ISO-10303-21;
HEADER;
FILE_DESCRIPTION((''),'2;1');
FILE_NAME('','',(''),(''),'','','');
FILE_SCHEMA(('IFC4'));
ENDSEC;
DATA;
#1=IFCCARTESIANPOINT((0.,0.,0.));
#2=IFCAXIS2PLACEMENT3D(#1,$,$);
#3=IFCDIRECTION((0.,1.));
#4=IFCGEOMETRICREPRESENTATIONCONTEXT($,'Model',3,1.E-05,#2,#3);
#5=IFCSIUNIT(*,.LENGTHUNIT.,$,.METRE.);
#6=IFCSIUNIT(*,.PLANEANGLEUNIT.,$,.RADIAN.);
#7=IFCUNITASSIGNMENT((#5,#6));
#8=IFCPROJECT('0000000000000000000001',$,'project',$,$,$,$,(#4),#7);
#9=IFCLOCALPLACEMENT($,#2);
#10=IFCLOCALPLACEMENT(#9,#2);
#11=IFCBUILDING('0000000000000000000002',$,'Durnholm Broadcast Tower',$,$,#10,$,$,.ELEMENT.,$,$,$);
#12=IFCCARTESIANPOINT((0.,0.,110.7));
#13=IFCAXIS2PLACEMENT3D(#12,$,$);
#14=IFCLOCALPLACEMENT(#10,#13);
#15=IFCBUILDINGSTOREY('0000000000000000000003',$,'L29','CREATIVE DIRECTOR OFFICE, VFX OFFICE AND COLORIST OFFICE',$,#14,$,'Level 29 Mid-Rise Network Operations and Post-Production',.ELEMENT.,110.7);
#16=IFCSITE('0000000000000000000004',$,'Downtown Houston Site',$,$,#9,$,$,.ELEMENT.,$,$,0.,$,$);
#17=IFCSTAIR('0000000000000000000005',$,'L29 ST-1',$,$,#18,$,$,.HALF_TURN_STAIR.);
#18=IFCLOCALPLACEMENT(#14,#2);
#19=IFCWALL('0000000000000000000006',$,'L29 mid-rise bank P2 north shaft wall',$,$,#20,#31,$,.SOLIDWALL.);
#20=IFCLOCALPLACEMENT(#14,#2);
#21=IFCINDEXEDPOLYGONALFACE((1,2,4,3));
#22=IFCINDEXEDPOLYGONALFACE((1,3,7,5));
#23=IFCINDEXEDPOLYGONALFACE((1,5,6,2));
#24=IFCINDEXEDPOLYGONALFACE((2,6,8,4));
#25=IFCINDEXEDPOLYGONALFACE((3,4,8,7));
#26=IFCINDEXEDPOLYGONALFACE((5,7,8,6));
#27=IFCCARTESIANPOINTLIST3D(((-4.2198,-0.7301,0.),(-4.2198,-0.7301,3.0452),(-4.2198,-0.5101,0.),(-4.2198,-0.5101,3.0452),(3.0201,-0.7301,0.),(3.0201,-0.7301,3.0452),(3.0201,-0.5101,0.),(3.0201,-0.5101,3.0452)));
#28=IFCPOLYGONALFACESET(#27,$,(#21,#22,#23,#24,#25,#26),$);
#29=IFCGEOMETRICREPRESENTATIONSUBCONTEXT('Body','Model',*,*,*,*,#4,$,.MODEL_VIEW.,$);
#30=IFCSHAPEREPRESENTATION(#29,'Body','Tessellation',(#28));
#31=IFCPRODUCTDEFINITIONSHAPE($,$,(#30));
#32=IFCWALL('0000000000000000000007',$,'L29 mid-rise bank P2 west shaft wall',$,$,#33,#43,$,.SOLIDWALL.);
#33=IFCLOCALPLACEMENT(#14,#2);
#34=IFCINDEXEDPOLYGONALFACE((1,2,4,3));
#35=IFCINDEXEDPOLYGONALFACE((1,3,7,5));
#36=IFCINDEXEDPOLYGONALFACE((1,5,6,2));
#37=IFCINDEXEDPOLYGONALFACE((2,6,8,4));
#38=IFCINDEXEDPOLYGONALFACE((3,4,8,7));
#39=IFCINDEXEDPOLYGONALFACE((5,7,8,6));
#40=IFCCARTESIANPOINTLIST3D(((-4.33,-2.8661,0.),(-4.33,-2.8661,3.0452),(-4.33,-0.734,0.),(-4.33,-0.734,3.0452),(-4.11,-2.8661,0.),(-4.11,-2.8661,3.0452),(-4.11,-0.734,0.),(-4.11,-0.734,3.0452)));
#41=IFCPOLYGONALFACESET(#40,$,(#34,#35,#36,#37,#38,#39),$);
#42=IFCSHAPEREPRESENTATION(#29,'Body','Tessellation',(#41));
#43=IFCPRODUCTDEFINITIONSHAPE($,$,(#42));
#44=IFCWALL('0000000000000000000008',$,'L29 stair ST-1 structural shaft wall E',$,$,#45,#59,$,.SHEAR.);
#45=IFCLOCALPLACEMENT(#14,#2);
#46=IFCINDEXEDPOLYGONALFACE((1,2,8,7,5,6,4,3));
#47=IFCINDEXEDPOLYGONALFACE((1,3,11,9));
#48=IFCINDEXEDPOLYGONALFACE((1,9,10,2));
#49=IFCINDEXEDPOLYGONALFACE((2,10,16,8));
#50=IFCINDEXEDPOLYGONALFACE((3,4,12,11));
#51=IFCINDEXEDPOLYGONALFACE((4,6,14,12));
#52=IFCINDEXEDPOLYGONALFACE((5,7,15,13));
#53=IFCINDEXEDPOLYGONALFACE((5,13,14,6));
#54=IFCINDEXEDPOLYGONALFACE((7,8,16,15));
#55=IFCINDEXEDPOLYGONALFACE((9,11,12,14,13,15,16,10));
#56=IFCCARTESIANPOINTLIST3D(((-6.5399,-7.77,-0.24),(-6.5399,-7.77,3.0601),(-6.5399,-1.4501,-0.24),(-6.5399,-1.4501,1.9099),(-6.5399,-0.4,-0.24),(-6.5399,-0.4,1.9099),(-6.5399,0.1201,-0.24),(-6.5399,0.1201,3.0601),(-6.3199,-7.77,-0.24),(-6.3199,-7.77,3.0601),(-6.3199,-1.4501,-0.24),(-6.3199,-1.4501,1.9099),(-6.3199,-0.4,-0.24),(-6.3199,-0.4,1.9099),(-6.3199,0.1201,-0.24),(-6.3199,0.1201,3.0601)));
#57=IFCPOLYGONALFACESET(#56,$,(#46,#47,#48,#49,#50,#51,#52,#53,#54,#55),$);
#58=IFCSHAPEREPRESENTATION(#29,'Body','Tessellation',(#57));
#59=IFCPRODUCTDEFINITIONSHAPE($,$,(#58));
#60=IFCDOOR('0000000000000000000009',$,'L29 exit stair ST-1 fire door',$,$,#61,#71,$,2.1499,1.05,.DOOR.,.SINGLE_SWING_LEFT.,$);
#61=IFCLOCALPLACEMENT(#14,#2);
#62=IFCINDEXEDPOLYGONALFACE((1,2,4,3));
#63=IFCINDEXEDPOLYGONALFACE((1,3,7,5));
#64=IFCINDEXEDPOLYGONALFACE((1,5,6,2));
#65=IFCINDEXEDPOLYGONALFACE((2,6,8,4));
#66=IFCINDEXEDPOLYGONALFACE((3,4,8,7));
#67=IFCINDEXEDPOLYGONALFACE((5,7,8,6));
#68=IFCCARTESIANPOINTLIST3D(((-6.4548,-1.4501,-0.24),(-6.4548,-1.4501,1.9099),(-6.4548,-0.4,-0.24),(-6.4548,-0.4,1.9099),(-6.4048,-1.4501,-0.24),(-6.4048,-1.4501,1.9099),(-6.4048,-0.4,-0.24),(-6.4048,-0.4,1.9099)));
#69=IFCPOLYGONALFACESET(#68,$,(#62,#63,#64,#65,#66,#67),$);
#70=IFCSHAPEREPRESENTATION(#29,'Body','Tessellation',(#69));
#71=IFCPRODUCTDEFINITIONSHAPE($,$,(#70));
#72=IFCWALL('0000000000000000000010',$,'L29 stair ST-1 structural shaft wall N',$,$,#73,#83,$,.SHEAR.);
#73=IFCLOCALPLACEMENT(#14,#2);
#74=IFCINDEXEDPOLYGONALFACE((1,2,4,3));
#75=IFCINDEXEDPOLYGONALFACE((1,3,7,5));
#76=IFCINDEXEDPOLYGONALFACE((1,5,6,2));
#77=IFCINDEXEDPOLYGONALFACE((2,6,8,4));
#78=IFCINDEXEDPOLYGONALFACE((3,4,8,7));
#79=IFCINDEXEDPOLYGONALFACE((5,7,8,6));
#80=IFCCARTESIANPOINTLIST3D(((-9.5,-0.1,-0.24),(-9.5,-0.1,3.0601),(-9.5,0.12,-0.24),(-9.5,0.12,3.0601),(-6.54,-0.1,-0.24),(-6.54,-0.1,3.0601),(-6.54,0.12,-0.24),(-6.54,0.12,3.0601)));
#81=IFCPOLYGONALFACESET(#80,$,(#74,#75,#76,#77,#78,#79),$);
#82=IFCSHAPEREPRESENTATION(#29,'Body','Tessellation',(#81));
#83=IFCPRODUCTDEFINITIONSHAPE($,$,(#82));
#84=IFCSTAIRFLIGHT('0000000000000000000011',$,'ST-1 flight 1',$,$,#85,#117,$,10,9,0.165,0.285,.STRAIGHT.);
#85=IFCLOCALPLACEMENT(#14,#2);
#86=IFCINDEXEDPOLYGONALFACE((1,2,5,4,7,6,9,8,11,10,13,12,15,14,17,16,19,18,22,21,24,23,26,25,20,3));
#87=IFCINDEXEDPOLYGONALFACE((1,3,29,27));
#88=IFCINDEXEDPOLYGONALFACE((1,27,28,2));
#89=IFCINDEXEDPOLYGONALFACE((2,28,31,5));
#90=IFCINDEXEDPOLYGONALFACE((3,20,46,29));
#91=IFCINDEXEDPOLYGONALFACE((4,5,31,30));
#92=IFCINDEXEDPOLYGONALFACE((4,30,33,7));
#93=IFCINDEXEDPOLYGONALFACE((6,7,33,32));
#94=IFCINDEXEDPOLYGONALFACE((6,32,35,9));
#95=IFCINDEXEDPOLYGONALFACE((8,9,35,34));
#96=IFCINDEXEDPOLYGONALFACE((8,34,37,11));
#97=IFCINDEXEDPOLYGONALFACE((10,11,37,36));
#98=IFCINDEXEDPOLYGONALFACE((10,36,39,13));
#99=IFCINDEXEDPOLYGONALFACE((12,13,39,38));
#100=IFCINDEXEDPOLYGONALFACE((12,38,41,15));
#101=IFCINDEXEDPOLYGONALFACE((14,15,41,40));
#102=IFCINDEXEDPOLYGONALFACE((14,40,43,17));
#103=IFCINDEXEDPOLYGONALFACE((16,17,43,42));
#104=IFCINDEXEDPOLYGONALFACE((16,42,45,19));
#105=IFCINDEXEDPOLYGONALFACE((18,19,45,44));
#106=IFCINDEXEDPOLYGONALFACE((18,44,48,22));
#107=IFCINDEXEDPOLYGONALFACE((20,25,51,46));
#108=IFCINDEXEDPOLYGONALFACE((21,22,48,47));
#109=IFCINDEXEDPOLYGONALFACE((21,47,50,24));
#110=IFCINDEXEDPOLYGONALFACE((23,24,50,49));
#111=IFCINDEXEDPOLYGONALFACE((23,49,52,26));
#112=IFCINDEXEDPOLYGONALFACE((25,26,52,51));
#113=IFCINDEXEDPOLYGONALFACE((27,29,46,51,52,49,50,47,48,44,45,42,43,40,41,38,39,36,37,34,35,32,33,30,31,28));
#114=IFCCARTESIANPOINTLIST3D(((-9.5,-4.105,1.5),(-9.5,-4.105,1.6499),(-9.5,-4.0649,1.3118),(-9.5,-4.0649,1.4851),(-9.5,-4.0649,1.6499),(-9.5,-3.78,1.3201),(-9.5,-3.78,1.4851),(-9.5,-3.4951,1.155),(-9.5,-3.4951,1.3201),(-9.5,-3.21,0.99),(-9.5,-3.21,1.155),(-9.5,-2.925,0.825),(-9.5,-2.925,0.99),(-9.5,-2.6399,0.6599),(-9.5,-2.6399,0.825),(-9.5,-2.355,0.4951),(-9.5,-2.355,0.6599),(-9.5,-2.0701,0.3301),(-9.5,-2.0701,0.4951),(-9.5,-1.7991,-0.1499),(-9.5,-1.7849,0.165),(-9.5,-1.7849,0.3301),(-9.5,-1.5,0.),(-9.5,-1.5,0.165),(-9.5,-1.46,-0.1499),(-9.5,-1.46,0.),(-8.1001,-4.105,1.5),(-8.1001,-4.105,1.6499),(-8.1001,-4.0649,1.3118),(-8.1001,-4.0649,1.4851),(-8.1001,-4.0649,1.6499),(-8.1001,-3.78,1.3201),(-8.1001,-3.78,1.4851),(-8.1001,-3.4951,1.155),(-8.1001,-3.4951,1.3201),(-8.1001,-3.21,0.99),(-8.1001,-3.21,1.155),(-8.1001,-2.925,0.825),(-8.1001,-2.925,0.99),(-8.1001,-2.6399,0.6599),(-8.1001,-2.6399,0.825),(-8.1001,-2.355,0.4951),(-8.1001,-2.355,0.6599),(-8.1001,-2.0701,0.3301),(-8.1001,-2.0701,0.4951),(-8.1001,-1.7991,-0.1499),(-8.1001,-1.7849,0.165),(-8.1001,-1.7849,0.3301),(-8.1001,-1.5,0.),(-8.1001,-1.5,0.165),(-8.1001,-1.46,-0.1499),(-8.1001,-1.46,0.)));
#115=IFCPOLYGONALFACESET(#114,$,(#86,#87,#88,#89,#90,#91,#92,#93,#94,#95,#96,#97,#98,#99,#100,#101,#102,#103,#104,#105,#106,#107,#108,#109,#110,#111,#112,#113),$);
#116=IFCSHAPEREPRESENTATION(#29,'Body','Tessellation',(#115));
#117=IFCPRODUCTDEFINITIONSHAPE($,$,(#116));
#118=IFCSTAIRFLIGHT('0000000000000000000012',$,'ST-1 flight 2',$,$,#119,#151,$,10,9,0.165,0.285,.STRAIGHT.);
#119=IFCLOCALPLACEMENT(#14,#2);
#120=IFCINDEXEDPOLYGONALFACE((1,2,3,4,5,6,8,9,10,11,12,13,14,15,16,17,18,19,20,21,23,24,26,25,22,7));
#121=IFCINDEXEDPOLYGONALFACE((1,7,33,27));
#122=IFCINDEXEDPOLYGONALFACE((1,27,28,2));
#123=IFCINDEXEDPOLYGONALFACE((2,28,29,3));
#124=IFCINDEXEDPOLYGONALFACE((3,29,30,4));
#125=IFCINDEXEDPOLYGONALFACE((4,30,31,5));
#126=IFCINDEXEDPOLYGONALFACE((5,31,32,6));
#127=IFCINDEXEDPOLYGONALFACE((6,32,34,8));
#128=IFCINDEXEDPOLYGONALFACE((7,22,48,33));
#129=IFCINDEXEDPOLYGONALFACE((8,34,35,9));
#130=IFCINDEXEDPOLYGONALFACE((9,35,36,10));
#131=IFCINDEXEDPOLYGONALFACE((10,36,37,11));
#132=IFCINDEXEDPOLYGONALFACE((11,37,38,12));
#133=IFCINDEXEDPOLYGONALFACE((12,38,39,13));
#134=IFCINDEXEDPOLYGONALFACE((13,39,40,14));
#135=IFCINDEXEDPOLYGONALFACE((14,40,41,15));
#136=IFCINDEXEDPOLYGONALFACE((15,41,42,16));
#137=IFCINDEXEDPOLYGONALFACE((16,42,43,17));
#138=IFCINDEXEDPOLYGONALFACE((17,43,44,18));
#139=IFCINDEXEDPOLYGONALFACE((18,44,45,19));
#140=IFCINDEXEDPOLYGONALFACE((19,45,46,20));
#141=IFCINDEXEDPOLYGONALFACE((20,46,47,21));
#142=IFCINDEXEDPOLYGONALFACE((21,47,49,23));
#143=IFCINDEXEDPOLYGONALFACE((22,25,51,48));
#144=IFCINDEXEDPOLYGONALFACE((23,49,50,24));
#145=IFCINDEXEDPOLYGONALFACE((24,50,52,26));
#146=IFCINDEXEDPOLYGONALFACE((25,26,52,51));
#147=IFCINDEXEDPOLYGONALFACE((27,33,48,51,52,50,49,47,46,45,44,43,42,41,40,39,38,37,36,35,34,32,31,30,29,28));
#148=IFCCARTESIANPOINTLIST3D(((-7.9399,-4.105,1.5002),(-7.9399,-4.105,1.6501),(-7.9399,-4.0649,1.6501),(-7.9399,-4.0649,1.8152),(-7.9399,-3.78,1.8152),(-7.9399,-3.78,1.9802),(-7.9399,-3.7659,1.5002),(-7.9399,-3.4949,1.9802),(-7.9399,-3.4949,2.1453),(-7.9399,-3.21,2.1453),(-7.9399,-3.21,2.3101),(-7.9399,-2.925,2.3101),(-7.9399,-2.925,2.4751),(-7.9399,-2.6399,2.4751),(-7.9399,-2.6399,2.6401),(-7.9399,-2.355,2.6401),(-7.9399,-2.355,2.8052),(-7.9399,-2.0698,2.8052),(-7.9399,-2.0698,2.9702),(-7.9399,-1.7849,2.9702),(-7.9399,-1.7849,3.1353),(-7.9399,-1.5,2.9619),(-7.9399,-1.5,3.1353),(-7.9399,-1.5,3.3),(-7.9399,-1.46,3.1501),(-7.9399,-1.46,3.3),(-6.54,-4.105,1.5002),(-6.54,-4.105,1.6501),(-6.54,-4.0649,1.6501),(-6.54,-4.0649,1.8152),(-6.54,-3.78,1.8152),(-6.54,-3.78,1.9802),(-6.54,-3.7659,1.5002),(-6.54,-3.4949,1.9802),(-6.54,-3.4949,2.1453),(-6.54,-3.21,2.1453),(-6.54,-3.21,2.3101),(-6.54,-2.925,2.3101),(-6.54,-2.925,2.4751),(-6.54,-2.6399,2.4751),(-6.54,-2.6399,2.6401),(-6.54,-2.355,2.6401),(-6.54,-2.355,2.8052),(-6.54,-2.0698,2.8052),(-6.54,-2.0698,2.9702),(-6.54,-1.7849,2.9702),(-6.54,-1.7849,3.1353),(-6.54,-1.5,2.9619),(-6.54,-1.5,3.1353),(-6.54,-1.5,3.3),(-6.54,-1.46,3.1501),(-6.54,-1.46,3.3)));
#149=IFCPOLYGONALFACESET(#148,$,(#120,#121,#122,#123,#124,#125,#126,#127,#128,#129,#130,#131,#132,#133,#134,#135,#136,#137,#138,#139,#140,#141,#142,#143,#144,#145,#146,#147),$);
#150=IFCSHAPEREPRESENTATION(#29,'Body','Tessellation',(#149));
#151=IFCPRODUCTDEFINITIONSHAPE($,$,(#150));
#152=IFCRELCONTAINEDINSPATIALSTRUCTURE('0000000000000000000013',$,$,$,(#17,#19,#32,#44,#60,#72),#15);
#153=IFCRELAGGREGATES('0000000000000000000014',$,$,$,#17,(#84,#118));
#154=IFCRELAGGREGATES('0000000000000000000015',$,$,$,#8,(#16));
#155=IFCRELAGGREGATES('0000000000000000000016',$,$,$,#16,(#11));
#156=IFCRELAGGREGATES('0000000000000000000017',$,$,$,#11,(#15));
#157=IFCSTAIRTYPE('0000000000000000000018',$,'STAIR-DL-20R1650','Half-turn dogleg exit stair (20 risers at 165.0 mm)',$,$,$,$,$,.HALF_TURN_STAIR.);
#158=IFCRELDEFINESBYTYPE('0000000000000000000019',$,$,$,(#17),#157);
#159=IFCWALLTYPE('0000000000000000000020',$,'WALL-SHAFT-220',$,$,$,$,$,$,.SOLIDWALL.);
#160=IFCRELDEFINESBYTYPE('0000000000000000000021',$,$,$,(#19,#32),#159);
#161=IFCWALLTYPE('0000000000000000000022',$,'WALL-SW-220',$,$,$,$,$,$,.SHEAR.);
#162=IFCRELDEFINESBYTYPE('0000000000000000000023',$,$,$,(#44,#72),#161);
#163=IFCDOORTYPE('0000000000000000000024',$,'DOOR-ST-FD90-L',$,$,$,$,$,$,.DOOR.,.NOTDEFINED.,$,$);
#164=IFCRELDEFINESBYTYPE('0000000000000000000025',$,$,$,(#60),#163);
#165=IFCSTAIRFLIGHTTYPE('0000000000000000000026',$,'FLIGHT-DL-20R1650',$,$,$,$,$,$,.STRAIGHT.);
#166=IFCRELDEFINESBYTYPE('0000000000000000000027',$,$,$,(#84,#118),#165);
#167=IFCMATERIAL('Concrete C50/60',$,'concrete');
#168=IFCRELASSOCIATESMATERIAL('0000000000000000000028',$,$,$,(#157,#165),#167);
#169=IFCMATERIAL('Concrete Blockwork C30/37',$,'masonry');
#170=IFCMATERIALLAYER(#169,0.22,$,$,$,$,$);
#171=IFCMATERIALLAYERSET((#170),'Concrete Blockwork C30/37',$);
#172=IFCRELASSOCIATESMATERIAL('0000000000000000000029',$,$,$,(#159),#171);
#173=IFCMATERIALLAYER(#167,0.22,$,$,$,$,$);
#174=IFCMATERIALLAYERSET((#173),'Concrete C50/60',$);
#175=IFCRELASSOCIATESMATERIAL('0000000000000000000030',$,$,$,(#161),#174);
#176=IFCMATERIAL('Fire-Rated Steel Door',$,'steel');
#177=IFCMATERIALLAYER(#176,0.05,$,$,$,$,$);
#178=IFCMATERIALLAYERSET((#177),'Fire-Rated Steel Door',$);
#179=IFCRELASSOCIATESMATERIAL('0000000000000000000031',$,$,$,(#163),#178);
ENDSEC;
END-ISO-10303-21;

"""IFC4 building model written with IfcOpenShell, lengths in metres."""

from ifc_helpers import new_model, si_unit, direction, frame, frame_2d, origin, place, context, subcontext, project, spatial, polyline, rectangle, outline, extrude, source, transform, mapped, material, layer, layer_set, type_object, type_shapes, element, fill, aggregate, save


model = new_model("IFC4")

# Units and contexts
model_context = context("Model", 3, precision=1e-05, world=origin(), true_north=direction((0.0, 1.0)))
body_context = subcontext(model_context, "Body", "Model", "MODEL_VIEW")
ifc_project = project(units=[si_unit("LENGTHUNIT", "METRE"), si_unit("PLANEANGLEUNIT", "RADIAN")], contexts=[model_context])

# Site, building, storey
site_placement = place(None, origin())
site = spatial("IfcSite", under=ifc_project, at=site_placement, Name="Downtown Houston Site", CompositionType="ELEMENT", RefElevation=0.0)
building_placement = place(site_placement, origin())
building = spatial("IfcBuilding", under=site, at=building_placement, Name="Durnholm Broadcast Tower", CompositionType="ELEMENT")
storey_placement = place(building_placement, frame((0.0, 0.0, 110.7)))
storey = spatial("IfcBuildingStorey", under=building, at=storey_placement, Name="L29", Description="CREATIVE DIRECTOR OFFICE, VFX OFFICE AND COLORIST OFFICE", LongName="Level 29 Mid-Rise Network Operations and Post-Production", CompositionType="ELEMENT", Elevation=110.7)

# Shared definitions
ifc_material_1 = material(Name="Concrete C50/60", Category="concrete")

# Stair
stair_type = type_object("IfcStairType", Name="STAIR-DL-20R1650", Description="Half-turn dogleg exit stair (20 risers at 165.0 mm)", PredefinedType="HALF_TURN_STAIR", material=ifc_material_1)
stair_1_placement = place(storey_placement, origin())
stair_1 = element("IfcStair", 1, at=stair_1_placement, inside=storey, type_object=stair_type, Name="L29 ST-1", PredefinedType="HALF_TURN_STAIR")

# Shared definitions
ifc_material_2 = material(Name="Concrete Blockwork C30/37", Category="masonry")
ifc_layer_1 = layer(ifc_material_2, 0.22)
ifc_layer_set_1 = layer_set([ifc_layer_1], Name="Concrete Blockwork C30/37")
wall_type_1 = type_object("IfcWallType", Name="WALL-SHAFT-220", PredefinedType="SOLIDWALL", material=ifc_layer_set_1)

# Walls
wall_1_placement = place(storey_placement, frame((-4.22, -0.6201, 0.0), z_axis=(0.0, 0.0, 1.0), x_axis=(1.0, 0.0, 0.0)))
element("IfcWall", 2, at=wall_1_placement, inside=storey, type_object=wall_type_1, Name="L29 mid-rise bank P2 north shaft wall", PredefinedType="SOLIDWALL", context=body_context, shape_type="SweptSolid", body=[
    extrude(rectangle(XDim=7.24, YDim=0.22, at=frame_2d((3.6201, 0.0))), origin(), (0.0, 0.0, 1.0), 3.0452),
])
wall_2_placement = place(storey_placement, frame((-4.22, -2.866, 0.0), z_axis=(0.0, 0.0, 1.0), x_axis=(0.0, 1.0, 0.0)))
element("IfcWall", 3, at=wall_2_placement, inside=storey, type_object=wall_type_1, Name="L29 mid-rise bank P2 west shaft wall", PredefinedType="SOLIDWALL", context=body_context, shape_type="SweptSolid", body=[
    extrude(rectangle(XDim=2.1321, YDim=0.22, at=frame_2d((1.0659, 0.0))), origin(), (0.0, 0.0, 1.0), 3.0452),
])

# Wall, opening, door
ifc_layer_2 = layer(ifc_material_1, 0.22)
ifc_layer_set_2 = layer_set([ifc_layer_2], Name="Concrete C50/60")
wall_type_2 = type_object("IfcWallType", Name="WALL-SW-220", PredefinedType="SHEAR", material=ifc_layer_set_2)
wall_3_placement = place(storey_placement, frame((-6.4299, -7.77, -0.24), z_axis=(0.0, 0.0, 1.0), x_axis=(0.0, 1.0, 0.0)))
wall_3 = element("IfcWall", 4, at=wall_3_placement, inside=storey, type_object=wall_type_2, Name="L29 stair ST-1 structural shaft wall E", PredefinedType="SHEAR", context=body_context, shape_type="SweptSolid", body=[
    extrude(rectangle(XDim=7.8901, YDim=0.22, at=frame_2d((3.9451, 0.0))), origin(), (0.0, 0.0, 1.0), 3.3),
])
opening_1_placement = place(wall_3_placement, frame((6.3201, 0.0, 0.0)))
opening_1 = element("IfcOpeningElement", 5, at=opening_1_placement, cuts=wall_3, PredefinedType="OPENING", context=body_context, shape_type="SweptSolid", body=[
    extrude(rectangle(XDim=1.05, YDim=2.1499, at=frame_2d((0.5249, 1.075))), frame((0.0, 0.1201, 0.0), z_axis=(0.0, -1.0, 0.0), x_axis=(1.0, 0.0, 0.0)), (0.0, 0.0, 1.0), 0.24),
])
ifc_material_3 = material(Name="Fire-Rated Steel Door", Category="steel")
ifc_layer_3 = layer(ifc_material_3, 0.05)
ifc_layer_set_3 = layer_set([ifc_layer_3], Name="Fire-Rated Steel Door")
door_type_1 = type_object("IfcDoorType", Name="DOOR-ST-FD90-L", OperationType="NOTDEFINED", PredefinedType="DOOR", material=ifc_layer_set_3)
shared_shape_1 = source(origin(), body_context, "Body", "SweptSolid", [
    extrude(rectangle(XDim=1.05, YDim=2.1499, at=frame_2d((0.5249, 1.075))), frame((0.0, 0.0249, 0.0), z_axis=(0.0, -1.0, 0.0), x_axis=(1.0, 0.0, 0.0)), (0.0, 0.0, 1.0), 0.05),
])
type_shapes(door_type_1, [shared_shape_1])
door_1_placement = place(opening_1_placement, origin())
door_1 = element("IfcDoor", 6, at=door_1_placement, inside=storey, type_object=door_type_1, Name="L29 exit stair ST-1 fire door", OperationType="SINGLE_SWING_LEFT", OverallHeight=2.1499, OverallWidth=1.05, PredefinedType="DOOR", context=body_context, shape_type="MappedRepresentation", body=[
    mapped(shared_shape_1, transform((0.0, 0.0, 0.0), x_axis=(1.0, 0.0, 0.0), y_axis=(0.0, 1.0, 0.0), z_axis=(0.0, 0.0, 1.0), scale=1.0)),
])
fill(opening_1, door_1)

# Wall
wall_4_placement = place(storey_placement, frame((-6.54, 0.01, -0.24), z_axis=(0.0, 0.0, 1.0), x_axis=(-1.0, 0.0, 0.0)))
element("IfcWall", 7, at=wall_4_placement, inside=storey, type_object=wall_type_2, Name="L29 stair ST-1 structural shaft wall N", PredefinedType="SHEAR", context=body_context, shape_type="SweptSolid", body=[
    extrude(rectangle(XDim=2.96, YDim=0.22, at=frame_2d((1.48, 0.0))), origin(), (0.0, 0.0, 1.0), 3.3),
])

# Stair flights
stair_flight_type = type_object("IfcStairFlightType", Name="FLIGHT-DL-20R1650", PredefinedType="STRAIGHT", material=ifc_material_1)
stair_flight_1_placement = place(storey_placement, frame((-8.8, -1.5, 0.0), z_axis=(0.0, 0.0, 1.0), x_axis=(0.0, -1.0, 0.0)))
stair_flight_1 = element("IfcStairFlight", 8, at=stair_flight_1_placement, type_object=stair_flight_type, Name="ST-1 flight 1", NumberOfRisers=10, NumberOfTreads=9, PredefinedType="STRAIGHT", RiserHeight=0.165, TreadLength=0.285, context=body_context, shape_type="SweptSolid", body=[
    extrude(outline(polyline([(-0.04, -0.1499), (-0.04, 0.0), (0.0, 0.0), (0.0, 0.165), (0.2849, 0.165), (0.2849, 0.3301), (0.5701, 0.3301), (0.5701, 0.4951), (0.855, 0.4951), (0.855, 0.6599), (1.1399, 0.6599), (1.1399, 0.825), (1.425, 0.825), (1.425, 0.99), (1.71, 0.99), (1.71, 1.155), (1.9951, 1.155), (1.9951, 1.3201), (2.28, 1.3201), (2.28, 1.4851), (2.5649, 1.4851), (2.5649, 1.6499), (2.605, 1.6499), (2.605, 1.5), (2.5649, 1.3118), (0.2991, -0.1499), (-0.04, -0.1499)])), frame((0.0, 0.7, 0.0), z_axis=(0.0, -1.0, 0.0), x_axis=(1.0, 0.0, 0.0)), (0.0, 0.0, 1.0), 1.3999),
])
stair_flight_2_placement = place(storey_placement, frame((-7.24, -4.0649, 1.6501), z_axis=(0.0, 0.0, 1.0), x_axis=(0.0, 1.0, 0.0)))
stair_flight_2 = element("IfcStairFlight", 9, at=stair_flight_2_placement, type_object=stair_flight_type, Name="ST-1 flight 2", NumberOfRisers=10, NumberOfTreads=9, PredefinedType="STRAIGHT", RiserHeight=0.165, TreadLength=0.285, context=body_context, shape_type="SweptSolid", body=[
    extrude(outline(polyline([(-0.04, -0.1499), (-0.04, 0.0), (0.0, 0.0), (0.0, 0.165), (0.2849, 0.165), (0.2849, 0.3301), (0.5701, 0.3301), (0.5701, 0.4951), (0.855, 0.4951), (0.855, 0.6599), (1.1399, 0.6599), (1.1399, 0.825), (1.425, 0.825), (1.425, 0.99), (1.71, 0.99), (1.71, 1.155), (1.9951, 1.155), (1.9951, 1.3201), (2.28, 1.3201), (2.28, 1.4851), (2.5649, 1.4851), (2.5649, 1.6499), (2.605, 1.6499), (2.605, 1.5), (2.5649, 1.3118), (0.2991, -0.1499), (-0.04, -0.1499)])), frame((0.0, 0.7, 0.0), z_axis=(0.0, -1.0, 0.0), x_axis=(1.0, 0.0, 0.0)), (0.0, 0.0, 1.0), 1.3999),
])
aggregate(stair_1, [stair_flight_1, stair_flight_2])

save(model, "model.ifc")
